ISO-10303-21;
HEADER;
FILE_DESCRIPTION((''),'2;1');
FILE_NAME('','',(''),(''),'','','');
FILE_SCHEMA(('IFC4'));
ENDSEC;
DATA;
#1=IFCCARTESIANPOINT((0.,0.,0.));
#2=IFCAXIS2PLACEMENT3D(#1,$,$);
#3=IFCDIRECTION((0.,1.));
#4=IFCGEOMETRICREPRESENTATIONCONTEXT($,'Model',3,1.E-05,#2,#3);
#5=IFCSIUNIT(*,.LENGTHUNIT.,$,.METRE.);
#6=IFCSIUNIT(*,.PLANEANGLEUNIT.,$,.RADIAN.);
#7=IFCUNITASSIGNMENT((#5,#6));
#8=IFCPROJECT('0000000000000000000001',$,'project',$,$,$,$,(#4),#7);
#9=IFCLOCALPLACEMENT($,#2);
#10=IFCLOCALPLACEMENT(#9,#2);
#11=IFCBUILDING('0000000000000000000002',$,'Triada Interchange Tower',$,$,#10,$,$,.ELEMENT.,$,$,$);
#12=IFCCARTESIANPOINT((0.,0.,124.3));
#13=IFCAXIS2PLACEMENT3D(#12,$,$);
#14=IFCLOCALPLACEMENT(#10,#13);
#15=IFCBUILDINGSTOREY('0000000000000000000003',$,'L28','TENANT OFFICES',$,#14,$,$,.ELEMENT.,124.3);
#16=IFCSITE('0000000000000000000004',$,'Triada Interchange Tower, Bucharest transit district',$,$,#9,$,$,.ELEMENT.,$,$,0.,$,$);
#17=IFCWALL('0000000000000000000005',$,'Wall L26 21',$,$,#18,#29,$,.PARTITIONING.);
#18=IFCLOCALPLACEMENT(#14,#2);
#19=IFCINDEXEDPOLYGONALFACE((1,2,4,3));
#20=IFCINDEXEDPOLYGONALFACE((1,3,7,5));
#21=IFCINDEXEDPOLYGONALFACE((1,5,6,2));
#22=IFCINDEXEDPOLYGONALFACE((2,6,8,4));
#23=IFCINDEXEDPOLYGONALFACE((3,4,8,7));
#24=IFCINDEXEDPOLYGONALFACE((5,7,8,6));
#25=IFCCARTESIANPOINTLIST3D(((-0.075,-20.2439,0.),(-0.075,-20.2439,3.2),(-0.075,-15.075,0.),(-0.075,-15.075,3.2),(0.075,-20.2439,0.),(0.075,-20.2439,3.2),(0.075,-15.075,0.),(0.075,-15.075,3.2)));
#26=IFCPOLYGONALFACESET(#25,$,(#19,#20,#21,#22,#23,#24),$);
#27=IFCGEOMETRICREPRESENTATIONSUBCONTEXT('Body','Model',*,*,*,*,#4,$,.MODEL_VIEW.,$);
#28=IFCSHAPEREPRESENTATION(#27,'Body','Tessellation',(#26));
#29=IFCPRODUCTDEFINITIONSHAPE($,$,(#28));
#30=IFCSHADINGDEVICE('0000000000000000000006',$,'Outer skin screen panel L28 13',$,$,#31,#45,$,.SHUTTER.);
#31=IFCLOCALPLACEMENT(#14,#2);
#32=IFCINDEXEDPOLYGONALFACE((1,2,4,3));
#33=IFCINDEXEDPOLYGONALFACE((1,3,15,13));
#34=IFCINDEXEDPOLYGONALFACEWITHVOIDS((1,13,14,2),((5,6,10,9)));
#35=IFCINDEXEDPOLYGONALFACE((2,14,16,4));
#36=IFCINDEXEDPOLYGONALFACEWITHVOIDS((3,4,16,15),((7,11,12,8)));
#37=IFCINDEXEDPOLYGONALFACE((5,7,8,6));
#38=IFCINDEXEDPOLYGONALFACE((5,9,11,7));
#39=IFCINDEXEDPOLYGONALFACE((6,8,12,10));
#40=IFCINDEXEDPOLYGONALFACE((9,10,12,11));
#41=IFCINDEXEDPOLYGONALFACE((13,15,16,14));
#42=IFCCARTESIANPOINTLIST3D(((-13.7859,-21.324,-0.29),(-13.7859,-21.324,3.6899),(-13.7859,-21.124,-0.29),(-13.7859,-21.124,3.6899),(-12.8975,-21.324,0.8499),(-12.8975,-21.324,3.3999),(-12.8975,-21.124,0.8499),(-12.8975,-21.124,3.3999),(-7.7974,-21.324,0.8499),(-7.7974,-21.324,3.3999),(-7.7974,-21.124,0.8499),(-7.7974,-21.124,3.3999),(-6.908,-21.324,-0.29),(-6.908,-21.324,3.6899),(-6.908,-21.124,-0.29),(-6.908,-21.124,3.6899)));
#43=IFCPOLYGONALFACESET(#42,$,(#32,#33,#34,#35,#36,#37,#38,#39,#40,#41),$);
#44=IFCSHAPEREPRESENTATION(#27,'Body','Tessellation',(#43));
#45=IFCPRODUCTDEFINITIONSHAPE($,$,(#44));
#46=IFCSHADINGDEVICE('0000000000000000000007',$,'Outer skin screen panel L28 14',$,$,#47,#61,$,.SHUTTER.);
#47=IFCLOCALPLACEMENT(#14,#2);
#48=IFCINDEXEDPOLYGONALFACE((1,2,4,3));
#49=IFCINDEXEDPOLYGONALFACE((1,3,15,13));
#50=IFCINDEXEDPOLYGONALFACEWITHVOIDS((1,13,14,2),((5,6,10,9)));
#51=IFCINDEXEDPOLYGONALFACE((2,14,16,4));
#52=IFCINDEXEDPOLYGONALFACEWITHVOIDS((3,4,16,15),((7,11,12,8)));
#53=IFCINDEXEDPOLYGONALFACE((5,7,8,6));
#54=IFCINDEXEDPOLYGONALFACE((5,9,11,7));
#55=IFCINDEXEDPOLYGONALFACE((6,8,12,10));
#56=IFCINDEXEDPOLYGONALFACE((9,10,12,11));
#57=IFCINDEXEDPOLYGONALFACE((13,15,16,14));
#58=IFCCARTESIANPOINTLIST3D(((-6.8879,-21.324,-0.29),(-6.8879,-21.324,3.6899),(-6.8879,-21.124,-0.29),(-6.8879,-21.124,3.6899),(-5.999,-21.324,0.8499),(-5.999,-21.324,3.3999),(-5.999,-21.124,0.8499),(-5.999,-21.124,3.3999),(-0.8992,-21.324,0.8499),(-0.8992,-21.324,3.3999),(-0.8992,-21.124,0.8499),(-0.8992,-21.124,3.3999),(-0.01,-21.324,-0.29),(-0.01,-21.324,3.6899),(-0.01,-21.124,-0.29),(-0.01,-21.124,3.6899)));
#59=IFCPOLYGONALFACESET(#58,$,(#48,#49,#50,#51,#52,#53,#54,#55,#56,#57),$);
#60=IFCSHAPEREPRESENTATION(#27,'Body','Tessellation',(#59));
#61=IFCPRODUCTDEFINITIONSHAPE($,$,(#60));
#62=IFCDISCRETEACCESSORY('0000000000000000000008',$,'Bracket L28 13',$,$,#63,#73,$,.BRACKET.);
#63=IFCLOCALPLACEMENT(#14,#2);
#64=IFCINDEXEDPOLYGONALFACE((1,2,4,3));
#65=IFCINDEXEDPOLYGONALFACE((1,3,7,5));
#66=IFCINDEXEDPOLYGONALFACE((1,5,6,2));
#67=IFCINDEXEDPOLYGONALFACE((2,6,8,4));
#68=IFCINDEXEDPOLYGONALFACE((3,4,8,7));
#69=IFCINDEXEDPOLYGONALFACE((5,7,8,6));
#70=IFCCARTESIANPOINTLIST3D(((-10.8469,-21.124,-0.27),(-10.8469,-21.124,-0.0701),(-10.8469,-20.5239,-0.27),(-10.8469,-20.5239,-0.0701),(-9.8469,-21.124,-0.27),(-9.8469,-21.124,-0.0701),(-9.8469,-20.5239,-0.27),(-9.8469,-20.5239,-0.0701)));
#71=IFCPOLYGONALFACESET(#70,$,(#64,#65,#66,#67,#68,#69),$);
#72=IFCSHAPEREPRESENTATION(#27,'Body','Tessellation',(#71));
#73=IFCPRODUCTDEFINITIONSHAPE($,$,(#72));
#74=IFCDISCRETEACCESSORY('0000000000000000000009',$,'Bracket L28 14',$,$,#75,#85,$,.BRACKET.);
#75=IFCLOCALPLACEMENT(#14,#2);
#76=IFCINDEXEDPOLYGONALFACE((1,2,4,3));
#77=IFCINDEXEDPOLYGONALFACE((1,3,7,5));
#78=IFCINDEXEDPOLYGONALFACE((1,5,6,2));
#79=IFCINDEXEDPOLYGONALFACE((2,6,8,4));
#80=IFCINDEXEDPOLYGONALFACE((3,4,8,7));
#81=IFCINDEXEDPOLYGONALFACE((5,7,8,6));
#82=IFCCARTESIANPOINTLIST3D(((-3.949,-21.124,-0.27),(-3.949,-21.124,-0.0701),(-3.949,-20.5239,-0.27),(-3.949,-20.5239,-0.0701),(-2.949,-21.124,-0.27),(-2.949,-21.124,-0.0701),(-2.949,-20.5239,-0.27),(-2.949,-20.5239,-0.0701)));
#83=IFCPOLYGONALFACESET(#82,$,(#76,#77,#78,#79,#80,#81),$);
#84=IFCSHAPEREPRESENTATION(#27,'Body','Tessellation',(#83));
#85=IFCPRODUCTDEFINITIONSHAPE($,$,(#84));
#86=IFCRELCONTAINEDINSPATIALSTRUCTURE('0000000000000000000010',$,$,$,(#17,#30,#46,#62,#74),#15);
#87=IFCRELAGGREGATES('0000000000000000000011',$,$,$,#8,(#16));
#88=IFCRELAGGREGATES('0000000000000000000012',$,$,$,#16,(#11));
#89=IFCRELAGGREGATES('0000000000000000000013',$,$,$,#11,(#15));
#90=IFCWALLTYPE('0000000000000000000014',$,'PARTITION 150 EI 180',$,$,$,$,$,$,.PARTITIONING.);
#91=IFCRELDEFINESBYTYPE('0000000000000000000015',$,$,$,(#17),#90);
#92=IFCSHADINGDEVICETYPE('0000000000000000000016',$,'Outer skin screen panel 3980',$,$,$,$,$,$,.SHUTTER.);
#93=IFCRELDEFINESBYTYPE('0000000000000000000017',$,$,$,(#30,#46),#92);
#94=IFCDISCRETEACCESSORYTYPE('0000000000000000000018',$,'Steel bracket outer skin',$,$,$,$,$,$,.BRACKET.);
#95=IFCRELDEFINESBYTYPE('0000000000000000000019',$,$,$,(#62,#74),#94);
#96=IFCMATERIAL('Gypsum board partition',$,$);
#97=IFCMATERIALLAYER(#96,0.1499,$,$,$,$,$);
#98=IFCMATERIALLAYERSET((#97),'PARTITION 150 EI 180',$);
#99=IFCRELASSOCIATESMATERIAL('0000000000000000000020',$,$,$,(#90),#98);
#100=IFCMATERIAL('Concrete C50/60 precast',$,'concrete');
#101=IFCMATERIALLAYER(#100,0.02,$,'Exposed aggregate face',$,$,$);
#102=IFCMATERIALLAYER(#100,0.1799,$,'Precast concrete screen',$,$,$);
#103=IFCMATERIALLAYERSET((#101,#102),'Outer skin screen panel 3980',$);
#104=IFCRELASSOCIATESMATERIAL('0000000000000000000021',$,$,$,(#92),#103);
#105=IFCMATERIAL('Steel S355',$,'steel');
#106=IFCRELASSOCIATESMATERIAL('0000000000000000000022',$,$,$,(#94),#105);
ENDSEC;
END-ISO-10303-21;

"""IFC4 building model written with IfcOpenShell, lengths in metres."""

from ifc_helpers import new_model, si_unit, direction, frame, frame_2d, origin, origin_2d, place, context, subcontext, project, spatial, polyline, rectangle, outline, extrude, material, layer, layer_set, type_object, element, save


model = new_model("IFC4")

# Units and contexts
model_context = context("Model", 3, precision=1e-05, world=origin(), true_north=direction((0.0, 1.0)))
body_context = subcontext(model_context, "Body", "Model", "MODEL_VIEW")
ifc_project = project(units=[si_unit("LENGTHUNIT", "METRE"), si_unit("PLANEANGLEUNIT", "RADIAN")], contexts=[model_context])

# Site, building, storey
site_placement = place(None, origin())
site = spatial("IfcSite", under=ifc_project, at=site_placement, Name="Triada Interchange Tower, Bucharest transit district", CompositionType="ELEMENT", RefElevation=0.0)
building_placement = place(site_placement, origin())
building = spatial("IfcBuilding", under=site, at=building_placement, Name="Triada Interchange Tower", CompositionType="ELEMENT")
storey_placement = place(building_placement, frame((0.0, 0.0, 124.3)))
storey = spatial("IfcBuildingStorey", under=building, at=storey_placement, Name="L28", Description="TENANT OFFICES", CompositionType="ELEMENT", Elevation=124.3)

# Shared definitions
ifc_material_1 = material(Name="Gypsum board partition")
ifc_layer_1 = layer(ifc_material_1, 0.1499)
ifc_layer_set_1 = layer_set([ifc_layer_1], Name="PARTITION 150 EI 180")
wall_type = type_object("IfcWallType", Name="PARTITION 150 EI 180", PredefinedType="PARTITIONING", material=ifc_layer_set_1)

# Wall
wall_1_placement = place(storey_placement, frame((0.0, -20.2439, 0.0), z_axis=(0.0, 0.0, 1.0), x_axis=(0.0, 1.0, 0.0)))
element("IfcWall", 1, at=wall_1_placement, inside=storey, type_object=wall_type, Name="Wall L26 21", PredefinedType="PARTITIONING", context=body_context, shape_type="SweptSolid", body=[
    extrude(rectangle(XDim=5.1689, YDim=0.1499, at=frame_2d((2.5845, 0.0))), origin(), (0.0, 0.0, 1.0), 3.2),
])

# Shading devices
ifc_material_2 = material(Name="Concrete C50/60 precast", Category="concrete")
ifc_layer_2 = layer(ifc_material_2, 0.02, Name="Exposed aggregate face")
ifc_layer_3 = layer(ifc_material_2, 0.1799, Name="Precast concrete screen")
ifc_layer_set_2 = layer_set([ifc_layer_2, ifc_layer_3], Name="Outer skin screen panel 3980")
shading_device_type = type_object("IfcShadingDeviceType", Name="Outer skin screen panel 3980", PredefinedType="SHUTTER", material=ifc_layer_set_2)
shading_device_1_placement = place(storey_placement, frame((-13.7859, -21.124, -0.29), z_axis=(0.0, 0.0, 1.0), x_axis=(1.0, 0.0, 0.0)))
element("IfcShadingDevice", 2, at=shading_device_1_placement, inside=storey, type_object=shading_device_type, Name="Outer skin screen panel L28 13", PredefinedType="SHUTTER", context=body_context, shape_type="SweptSolid", body=[
    extrude(outline(polyline([(0.0, 0.0), (6.8779, 0.0), (6.8779, 3.98), (0.0, 3.98), (0.0, 0.0)]), holes=[polyline([(0.8884, 1.1399), (0.8884, 3.6899), (5.9885, 3.6899), (5.9885, 1.1399), (0.8884, 1.1399)])]), frame((0.0, 0.0, 0.0), z_axis=(0.0, -1.0, 0.0), x_axis=(1.0, 0.0, 0.0)), (0.0, 0.0, 1.0), 0.2),
])
shading_device_2_placement = place(storey_placement, frame((-6.8879, -21.124, -0.29), z_axis=(0.0, 0.0, 1.0), x_axis=(1.0, 0.0, 0.0)))
element("IfcShadingDevice", 3, at=shading_device_2_placement, inside=storey, type_object=shading_device_type, Name="Outer skin screen panel L28 14", PredefinedType="SHUTTER", context=body_context, shape_type="SweptSolid", body=[
    extrude(outline(polyline([(0.0, 0.0), (6.8779, 0.0), (6.8779, 3.98), (0.0, 3.98), (0.0, 0.0)]), holes=[polyline([(0.8889, 1.1399), (0.8889, 3.6899), (5.9888, 3.6899), (5.9888, 1.1399), (0.8889, 1.1399)])]), frame((0.0, 0.0, 0.0), z_axis=(0.0, -1.0, 0.0), x_axis=(1.0, 0.0, 0.0)), (0.0, 0.0, 1.0), 0.2),
])

# Discrete accessories
ifc_material_3 = material(Name="Steel S355", Category="steel")
discrete_accessory_type = type_object("IfcDiscreteAccessoryType", Name="Steel bracket outer skin", PredefinedType="BRACKET", material=ifc_material_3)
for number, where, z_axis, x_axis, name in (
    (4, (-10.3469, -20.824, -0.27), (0.0, 0.0, 1.0), (0.0, -1.0, 0.0), "Bracket L28 13"),
    (5, (-3.449, -20.824, -0.27), (0.0, 0.0, 1.0), (0.0, -1.0, 0.0), "Bracket L28 14"),
):
    element("IfcDiscreteAccessory", number, at=place(storey_placement, frame(where, z_axis=z_axis, x_axis=x_axis)), inside=storey, type_object=discrete_accessory_type, Name=name, PredefinedType="BRACKET", context=body_context, shape_type="SweptSolid", body=[
        extrude(rectangle(XDim=0.6001, YDim=1.0, at=origin_2d()), origin(), (0.0, 0.0, 1.0), 0.2),
    ])

save(model, "model.ifc")
